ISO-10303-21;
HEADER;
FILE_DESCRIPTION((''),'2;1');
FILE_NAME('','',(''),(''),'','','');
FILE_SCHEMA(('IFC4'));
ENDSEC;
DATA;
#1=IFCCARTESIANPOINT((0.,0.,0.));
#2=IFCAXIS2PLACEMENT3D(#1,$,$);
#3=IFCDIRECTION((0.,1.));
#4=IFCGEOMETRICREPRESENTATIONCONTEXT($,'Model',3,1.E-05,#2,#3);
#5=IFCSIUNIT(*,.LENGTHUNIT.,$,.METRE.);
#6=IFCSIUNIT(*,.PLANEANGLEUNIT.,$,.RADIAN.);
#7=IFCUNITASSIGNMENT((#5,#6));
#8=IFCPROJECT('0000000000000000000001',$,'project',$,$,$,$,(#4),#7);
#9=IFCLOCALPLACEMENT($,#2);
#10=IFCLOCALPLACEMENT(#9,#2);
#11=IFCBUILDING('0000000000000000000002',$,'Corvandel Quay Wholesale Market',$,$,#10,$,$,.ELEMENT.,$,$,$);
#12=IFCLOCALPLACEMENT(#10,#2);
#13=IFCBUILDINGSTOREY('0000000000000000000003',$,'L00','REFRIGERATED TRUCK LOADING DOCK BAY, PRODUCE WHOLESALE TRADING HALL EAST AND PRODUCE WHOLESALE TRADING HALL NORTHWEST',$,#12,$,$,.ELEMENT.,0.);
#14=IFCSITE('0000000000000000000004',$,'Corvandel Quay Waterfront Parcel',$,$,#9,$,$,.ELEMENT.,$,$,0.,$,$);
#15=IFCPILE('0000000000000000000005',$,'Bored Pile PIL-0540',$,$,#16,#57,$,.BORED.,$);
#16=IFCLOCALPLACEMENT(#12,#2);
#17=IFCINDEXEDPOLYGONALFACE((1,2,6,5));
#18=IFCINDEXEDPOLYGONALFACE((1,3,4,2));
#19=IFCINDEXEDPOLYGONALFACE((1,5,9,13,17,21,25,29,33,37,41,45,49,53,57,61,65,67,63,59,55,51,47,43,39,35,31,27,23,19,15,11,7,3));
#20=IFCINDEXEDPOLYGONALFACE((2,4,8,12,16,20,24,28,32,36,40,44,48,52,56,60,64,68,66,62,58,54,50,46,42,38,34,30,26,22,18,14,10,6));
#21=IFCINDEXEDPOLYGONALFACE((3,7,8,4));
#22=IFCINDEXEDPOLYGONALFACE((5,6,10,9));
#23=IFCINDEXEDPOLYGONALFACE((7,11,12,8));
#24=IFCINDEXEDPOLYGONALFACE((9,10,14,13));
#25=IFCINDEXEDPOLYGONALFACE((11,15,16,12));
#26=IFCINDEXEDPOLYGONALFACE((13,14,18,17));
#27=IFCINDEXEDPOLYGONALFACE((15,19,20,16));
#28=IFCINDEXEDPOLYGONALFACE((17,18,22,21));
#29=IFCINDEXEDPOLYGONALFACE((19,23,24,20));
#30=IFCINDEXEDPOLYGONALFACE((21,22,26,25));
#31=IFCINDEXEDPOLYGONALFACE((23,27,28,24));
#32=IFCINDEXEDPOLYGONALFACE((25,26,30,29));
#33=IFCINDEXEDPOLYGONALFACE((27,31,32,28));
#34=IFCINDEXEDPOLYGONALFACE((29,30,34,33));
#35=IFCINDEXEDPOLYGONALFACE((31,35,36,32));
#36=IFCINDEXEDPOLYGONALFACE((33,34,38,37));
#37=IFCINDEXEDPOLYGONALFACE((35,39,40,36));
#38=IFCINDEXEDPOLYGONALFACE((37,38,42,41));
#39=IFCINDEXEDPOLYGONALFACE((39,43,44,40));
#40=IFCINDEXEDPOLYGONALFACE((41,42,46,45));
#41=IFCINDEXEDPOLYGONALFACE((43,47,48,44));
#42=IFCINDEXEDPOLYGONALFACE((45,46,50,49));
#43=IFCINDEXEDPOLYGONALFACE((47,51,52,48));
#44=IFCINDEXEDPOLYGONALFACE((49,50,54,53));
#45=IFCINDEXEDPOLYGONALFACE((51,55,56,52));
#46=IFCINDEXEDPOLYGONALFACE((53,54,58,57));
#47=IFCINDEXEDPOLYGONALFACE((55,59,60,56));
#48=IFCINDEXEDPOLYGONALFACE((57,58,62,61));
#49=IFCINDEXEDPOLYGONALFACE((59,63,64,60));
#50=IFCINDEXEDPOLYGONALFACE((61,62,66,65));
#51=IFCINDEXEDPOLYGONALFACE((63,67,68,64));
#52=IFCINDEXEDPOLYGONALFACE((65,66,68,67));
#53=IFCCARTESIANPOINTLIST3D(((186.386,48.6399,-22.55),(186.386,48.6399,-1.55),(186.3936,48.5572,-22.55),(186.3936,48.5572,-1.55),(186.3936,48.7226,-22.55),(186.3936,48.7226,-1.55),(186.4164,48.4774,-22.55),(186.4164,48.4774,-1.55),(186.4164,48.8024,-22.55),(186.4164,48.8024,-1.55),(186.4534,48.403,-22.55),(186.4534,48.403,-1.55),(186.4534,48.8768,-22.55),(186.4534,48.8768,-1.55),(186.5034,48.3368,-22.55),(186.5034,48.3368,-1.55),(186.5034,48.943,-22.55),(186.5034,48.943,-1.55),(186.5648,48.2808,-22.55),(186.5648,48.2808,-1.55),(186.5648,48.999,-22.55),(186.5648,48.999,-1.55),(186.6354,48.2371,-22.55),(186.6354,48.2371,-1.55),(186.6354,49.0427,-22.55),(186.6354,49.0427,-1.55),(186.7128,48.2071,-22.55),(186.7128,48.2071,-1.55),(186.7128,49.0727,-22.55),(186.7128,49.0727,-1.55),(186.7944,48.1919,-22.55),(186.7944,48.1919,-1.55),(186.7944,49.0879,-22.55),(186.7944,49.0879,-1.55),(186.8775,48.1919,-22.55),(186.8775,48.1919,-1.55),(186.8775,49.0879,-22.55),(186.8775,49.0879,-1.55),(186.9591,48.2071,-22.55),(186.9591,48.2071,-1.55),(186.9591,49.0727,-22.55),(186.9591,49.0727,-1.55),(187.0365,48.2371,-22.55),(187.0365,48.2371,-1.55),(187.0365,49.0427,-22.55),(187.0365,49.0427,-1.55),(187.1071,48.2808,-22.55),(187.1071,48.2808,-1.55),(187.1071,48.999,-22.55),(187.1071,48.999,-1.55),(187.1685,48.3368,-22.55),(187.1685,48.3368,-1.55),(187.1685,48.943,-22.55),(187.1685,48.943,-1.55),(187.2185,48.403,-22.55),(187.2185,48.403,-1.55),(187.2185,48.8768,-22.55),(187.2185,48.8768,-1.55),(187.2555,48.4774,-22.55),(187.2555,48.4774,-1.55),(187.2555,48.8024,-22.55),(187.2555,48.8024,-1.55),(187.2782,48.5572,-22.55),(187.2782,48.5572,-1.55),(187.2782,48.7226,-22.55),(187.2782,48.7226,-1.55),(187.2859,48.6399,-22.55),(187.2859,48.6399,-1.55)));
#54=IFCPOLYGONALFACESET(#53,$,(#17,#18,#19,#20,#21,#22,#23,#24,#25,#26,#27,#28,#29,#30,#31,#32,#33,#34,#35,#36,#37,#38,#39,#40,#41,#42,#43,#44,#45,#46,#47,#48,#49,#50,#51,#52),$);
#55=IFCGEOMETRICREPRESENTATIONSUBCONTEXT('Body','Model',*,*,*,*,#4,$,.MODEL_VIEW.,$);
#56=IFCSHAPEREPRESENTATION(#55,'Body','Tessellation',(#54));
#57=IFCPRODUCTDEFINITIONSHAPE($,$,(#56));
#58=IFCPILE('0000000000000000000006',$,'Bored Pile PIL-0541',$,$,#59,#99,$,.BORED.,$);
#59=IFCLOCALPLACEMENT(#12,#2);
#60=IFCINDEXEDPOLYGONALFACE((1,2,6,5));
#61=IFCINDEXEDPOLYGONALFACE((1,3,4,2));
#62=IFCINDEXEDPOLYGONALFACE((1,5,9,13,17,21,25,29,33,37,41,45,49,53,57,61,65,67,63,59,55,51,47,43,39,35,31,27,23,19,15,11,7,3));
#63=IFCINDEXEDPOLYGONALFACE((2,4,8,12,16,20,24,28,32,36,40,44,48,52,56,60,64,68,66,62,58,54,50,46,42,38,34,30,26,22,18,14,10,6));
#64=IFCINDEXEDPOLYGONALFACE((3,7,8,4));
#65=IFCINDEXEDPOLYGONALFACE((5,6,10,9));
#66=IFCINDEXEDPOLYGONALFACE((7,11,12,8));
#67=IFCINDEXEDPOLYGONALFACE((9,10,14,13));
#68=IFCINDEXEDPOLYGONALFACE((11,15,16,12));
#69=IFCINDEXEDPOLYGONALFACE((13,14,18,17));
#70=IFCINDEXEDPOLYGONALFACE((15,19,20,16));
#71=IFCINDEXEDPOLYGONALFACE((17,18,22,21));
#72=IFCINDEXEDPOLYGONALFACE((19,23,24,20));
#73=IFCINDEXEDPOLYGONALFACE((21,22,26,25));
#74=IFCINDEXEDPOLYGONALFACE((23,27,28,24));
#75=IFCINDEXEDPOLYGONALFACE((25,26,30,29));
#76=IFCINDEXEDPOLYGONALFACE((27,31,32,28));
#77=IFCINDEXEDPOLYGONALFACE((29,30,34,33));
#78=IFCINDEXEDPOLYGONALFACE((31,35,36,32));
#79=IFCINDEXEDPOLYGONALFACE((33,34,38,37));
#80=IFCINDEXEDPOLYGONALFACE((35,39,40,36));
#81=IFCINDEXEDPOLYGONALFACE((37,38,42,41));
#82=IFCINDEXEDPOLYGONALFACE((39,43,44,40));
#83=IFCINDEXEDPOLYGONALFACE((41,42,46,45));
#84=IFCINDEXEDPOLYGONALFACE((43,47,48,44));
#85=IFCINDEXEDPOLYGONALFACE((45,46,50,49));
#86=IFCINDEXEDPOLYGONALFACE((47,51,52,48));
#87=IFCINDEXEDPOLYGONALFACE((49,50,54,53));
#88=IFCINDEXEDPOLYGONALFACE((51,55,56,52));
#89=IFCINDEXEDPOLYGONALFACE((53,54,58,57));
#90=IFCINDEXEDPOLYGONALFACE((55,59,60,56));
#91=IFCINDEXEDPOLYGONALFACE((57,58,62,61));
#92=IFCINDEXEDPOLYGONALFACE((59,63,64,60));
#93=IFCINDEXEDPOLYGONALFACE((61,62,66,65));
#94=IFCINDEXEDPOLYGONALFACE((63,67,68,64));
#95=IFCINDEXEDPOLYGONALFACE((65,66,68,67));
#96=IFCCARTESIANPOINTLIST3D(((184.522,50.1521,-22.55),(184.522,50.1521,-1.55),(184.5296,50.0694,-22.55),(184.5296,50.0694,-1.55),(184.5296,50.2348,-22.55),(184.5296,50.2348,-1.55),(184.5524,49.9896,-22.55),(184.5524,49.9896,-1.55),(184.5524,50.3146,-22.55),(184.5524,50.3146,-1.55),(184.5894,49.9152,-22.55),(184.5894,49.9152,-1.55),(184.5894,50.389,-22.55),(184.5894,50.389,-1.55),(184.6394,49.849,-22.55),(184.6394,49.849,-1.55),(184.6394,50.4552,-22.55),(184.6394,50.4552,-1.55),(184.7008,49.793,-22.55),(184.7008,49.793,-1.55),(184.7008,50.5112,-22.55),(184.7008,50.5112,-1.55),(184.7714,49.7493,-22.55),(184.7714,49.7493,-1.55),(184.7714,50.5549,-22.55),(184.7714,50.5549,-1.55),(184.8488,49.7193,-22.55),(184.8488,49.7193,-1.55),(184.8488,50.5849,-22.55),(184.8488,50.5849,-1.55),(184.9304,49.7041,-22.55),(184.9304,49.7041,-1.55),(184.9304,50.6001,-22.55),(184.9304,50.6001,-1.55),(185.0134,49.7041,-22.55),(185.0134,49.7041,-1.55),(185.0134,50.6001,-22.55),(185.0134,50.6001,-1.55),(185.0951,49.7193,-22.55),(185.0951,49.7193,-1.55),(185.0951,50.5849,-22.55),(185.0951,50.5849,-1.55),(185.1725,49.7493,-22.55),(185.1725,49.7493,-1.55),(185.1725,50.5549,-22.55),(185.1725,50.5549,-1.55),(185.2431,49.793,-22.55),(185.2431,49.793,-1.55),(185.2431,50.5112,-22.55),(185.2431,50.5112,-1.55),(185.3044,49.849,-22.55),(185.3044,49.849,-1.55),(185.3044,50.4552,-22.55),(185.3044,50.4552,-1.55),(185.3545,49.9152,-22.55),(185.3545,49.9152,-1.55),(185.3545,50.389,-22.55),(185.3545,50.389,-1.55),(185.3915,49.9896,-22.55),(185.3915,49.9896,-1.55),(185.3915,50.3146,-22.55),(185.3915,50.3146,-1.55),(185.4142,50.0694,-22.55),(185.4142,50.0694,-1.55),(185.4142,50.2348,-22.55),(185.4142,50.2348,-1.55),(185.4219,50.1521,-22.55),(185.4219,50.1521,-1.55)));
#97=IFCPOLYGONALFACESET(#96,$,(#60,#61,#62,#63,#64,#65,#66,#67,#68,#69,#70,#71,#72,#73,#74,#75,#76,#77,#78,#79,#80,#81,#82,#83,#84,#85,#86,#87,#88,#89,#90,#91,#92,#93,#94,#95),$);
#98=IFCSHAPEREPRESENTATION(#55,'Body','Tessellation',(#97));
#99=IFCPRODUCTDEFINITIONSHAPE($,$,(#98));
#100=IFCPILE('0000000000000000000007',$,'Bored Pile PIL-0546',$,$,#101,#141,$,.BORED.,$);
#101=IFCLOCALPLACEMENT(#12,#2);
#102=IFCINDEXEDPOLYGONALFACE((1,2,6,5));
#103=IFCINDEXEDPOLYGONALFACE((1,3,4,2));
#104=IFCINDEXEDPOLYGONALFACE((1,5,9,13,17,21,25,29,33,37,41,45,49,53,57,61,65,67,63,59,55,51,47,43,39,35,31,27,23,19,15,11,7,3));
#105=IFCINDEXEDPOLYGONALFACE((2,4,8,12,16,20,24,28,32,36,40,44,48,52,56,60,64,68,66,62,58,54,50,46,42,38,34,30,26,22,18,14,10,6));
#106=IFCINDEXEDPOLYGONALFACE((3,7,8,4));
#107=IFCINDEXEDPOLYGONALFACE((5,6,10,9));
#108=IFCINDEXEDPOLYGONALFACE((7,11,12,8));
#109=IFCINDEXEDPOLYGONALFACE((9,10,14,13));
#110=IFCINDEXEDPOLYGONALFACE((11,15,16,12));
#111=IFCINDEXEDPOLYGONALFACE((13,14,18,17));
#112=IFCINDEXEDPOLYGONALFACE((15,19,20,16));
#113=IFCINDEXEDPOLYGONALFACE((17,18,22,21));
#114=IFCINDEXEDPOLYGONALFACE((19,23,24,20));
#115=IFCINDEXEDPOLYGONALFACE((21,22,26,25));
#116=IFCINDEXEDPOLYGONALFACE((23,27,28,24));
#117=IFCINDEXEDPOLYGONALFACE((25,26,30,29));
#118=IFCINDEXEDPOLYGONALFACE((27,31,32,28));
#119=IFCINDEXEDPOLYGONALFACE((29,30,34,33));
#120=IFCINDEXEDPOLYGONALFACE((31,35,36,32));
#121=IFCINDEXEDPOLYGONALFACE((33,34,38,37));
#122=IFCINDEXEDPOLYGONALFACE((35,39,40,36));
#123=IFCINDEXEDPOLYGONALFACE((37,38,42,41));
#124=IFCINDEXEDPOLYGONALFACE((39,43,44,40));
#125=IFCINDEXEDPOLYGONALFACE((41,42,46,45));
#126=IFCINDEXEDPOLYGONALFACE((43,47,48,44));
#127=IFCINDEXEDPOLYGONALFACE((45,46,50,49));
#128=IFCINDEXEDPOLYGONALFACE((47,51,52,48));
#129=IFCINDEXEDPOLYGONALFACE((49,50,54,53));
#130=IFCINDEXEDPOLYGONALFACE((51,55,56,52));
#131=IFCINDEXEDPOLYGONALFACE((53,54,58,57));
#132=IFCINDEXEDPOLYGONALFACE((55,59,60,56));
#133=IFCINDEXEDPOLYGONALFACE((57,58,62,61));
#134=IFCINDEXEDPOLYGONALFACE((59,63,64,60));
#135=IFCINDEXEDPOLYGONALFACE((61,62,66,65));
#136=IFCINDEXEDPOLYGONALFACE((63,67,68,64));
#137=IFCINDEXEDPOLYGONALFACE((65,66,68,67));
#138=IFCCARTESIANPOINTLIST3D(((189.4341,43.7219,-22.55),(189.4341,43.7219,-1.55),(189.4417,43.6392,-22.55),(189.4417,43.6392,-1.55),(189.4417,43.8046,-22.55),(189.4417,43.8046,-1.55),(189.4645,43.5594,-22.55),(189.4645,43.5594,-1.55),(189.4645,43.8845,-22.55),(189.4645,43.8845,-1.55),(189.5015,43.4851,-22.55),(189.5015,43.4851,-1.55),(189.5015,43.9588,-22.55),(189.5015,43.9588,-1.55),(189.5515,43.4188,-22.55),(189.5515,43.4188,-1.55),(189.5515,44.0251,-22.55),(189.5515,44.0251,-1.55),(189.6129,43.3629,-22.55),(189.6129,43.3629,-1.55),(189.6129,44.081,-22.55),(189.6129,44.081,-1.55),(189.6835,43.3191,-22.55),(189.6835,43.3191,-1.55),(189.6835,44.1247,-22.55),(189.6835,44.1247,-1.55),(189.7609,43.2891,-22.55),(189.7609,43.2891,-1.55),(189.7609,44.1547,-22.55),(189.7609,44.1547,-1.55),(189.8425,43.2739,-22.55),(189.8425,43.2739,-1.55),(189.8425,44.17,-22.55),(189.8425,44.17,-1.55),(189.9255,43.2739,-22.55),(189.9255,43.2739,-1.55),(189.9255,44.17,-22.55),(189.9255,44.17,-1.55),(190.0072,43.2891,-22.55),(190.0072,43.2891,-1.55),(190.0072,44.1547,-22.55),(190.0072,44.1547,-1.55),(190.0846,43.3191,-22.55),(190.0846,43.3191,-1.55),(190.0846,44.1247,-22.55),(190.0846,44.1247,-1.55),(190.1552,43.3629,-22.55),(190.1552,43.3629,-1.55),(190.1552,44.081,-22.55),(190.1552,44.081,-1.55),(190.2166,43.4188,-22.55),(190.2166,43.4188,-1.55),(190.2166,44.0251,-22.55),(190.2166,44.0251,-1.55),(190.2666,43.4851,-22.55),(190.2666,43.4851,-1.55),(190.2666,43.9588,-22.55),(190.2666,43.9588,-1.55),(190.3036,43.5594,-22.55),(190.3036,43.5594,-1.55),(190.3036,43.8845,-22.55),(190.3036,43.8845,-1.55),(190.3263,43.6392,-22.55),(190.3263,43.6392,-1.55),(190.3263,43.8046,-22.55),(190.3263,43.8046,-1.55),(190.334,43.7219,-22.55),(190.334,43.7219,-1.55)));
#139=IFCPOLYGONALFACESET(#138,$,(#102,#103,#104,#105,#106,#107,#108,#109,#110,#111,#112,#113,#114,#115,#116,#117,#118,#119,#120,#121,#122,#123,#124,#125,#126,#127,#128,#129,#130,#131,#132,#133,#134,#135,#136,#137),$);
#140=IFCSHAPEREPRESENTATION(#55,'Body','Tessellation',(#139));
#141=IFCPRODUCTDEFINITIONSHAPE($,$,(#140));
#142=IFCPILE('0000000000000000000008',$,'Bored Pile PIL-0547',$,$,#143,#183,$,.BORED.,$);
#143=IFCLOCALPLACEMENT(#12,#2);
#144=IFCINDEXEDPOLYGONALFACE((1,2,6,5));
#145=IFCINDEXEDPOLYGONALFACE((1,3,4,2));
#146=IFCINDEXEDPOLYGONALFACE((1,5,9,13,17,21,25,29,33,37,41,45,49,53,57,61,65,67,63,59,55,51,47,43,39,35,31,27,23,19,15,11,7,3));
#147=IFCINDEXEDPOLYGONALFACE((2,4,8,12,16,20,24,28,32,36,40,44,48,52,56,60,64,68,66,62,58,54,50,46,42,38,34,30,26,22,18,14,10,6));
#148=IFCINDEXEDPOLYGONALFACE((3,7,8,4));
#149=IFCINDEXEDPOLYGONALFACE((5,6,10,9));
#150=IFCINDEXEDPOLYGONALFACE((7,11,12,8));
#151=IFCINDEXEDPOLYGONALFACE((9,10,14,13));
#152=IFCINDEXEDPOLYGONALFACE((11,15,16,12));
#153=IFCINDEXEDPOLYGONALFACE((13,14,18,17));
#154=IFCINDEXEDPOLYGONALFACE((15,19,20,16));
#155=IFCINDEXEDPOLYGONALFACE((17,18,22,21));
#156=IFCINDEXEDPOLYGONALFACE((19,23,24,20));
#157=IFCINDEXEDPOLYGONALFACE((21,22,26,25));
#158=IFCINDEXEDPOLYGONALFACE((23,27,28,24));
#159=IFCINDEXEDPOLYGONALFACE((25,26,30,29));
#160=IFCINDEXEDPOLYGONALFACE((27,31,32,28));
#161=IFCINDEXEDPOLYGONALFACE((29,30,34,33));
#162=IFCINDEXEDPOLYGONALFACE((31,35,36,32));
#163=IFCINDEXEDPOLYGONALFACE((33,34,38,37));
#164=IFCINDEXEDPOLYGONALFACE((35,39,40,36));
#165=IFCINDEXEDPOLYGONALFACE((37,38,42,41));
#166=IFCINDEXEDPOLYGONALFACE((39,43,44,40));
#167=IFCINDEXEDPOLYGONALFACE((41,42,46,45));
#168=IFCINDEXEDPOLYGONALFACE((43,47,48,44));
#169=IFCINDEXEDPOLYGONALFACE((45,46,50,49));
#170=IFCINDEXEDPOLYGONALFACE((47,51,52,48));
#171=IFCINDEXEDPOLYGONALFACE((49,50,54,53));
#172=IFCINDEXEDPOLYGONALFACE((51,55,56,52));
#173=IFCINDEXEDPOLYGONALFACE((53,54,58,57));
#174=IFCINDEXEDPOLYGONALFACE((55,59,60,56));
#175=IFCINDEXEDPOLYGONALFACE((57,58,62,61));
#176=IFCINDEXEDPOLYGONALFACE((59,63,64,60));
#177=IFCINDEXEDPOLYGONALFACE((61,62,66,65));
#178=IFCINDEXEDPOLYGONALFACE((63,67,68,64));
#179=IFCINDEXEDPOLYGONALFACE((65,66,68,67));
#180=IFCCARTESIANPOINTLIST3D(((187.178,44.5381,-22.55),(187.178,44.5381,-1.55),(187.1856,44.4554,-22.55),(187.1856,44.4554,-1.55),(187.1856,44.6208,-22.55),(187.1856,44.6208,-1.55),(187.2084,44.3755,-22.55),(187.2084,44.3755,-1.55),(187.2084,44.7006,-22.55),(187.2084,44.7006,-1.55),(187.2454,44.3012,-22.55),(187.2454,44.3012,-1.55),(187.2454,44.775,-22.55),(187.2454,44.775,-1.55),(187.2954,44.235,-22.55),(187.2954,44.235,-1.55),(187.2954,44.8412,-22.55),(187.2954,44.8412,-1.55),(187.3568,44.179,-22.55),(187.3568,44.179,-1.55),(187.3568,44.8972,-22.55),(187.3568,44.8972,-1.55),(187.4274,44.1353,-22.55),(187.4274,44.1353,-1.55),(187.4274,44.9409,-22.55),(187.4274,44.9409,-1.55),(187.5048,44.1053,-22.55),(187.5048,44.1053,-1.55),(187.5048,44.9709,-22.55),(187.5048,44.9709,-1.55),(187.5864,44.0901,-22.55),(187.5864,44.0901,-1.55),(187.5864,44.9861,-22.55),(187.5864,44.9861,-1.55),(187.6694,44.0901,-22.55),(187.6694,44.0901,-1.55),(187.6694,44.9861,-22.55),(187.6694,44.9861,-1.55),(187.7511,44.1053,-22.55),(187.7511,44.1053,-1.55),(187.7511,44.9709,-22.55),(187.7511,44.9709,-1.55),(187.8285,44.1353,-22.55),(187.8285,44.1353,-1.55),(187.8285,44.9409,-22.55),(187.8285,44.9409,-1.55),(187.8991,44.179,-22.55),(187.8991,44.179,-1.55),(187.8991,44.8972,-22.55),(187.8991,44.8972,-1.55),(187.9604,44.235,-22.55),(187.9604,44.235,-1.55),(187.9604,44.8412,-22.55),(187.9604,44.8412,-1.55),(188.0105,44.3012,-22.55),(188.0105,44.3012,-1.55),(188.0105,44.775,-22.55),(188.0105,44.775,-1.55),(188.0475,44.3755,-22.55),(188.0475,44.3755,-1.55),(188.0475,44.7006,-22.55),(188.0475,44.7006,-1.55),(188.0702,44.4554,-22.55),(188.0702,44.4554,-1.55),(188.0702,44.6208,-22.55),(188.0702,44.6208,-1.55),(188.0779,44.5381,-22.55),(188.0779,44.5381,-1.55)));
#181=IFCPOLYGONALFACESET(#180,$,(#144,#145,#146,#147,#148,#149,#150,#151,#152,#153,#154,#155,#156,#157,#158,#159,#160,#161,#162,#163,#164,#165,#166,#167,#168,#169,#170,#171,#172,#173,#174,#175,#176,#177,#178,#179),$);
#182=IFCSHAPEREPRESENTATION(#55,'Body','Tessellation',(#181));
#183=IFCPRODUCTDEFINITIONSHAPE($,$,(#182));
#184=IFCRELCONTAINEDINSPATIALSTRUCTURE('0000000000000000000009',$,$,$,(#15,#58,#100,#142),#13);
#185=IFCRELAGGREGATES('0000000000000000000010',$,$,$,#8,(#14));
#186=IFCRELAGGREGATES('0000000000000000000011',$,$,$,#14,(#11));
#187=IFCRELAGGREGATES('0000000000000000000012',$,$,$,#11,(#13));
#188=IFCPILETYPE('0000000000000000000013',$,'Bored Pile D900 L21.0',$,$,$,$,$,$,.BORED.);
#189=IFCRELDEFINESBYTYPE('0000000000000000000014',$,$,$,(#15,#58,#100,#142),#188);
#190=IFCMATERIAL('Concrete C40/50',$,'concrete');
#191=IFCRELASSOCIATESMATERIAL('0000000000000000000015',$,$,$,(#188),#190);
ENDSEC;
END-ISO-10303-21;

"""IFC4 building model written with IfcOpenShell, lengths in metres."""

from ifc_helpers import new_model, si_unit, direction, frame, origin, origin_2d, place, context, subcontext, project, spatial, circle, extrude, material, material_profile, profile_set, type_object, element, save


model = new_model("IFC4")

# Units and contexts
model_context = context("Model", 3, precision=1e-05, world=origin(), true_north=direction((0.0, 1.0)))
body_context = subcontext(model_context, "Body", "Model", "MODEL_VIEW")
ifc_project = project(units=[si_unit("LENGTHUNIT", "METRE"), si_unit("PLANEANGLEUNIT", "RADIAN")], contexts=[model_context])

# Site, building, storey
site_placement = place(None, origin())
site = spatial("IfcSite", under=ifc_project, at=site_placement, Name="Corvandel Quay Waterfront Parcel", CompositionType="ELEMENT", RefElevation=0.0)
building_placement = place(site_placement, origin())
building = spatial("IfcBuilding", under=site, at=building_placement, Name="Corvandel Quay Wholesale Market", CompositionType="ELEMENT")
storey_placement = place(building_placement, origin())
storey = spatial("IfcBuildingStorey", under=building, at=storey_placement, Name="L00", Description="REFRIGERATED TRUCK LOADING DOCK BAY, PRODUCE WHOLESALE TRADING HALL EAST AND PRODUCE WHOLESALE TRADING HALL NORTHWEST", CompositionType="ELEMENT", Elevation=0.0)

# Piles
ifc_material_1 = material(Name="Concrete C40/50", Category="concrete")
ifc_material_profile_1 = material_profile(ifc_material_1, circle(Radius=0.45, at=origin_2d()), Name="RC-PILE-D900")
ifc_profile_set_1 = profile_set([ifc_material_profile_1], Name="Concrete C40/50")
pile_type = type_object("IfcPileType", Name="Bored Pile D900 L21.0", PredefinedType="BORED", material=ifc_profile_set_1)
for number, where, z_axis, x_axis, name in (
    (1, (186.8359, 48.6399, -1.55), (0.0, 0.0, -1.0), (1.0, 0.0, 0.0), "Bored Pile PIL-0540"),
    (2, (184.9719, 50.1521, -1.55), (0.0, 0.0, -1.0), (1.0, 0.0, 0.0), "Bored Pile PIL-0541"),
    (3, (189.884, 43.7219, -1.55), (0.0, 0.0, -1.0), (1.0, 0.0, 0.0), "Bored Pile PIL-0546"),
    (4, (187.6279, 44.5381, -1.55), (0.0, 0.0, -1.0), (1.0, 0.0, 0.0), "Bored Pile PIL-0547"),
):
    element("IfcPile", number, at=place(storey_placement, frame(where, z_axis=z_axis, x_axis=x_axis)), inside=storey, type_object=pile_type, Name=name, PredefinedType="BORED", context=body_context, shape_type="SweptSolid", body=[
        extrude(circle(Radius=0.45, at=origin_2d()), origin(), (0.0, 0.0, 1.0), 21.0),
    ])

save(model, "model.ifc")
